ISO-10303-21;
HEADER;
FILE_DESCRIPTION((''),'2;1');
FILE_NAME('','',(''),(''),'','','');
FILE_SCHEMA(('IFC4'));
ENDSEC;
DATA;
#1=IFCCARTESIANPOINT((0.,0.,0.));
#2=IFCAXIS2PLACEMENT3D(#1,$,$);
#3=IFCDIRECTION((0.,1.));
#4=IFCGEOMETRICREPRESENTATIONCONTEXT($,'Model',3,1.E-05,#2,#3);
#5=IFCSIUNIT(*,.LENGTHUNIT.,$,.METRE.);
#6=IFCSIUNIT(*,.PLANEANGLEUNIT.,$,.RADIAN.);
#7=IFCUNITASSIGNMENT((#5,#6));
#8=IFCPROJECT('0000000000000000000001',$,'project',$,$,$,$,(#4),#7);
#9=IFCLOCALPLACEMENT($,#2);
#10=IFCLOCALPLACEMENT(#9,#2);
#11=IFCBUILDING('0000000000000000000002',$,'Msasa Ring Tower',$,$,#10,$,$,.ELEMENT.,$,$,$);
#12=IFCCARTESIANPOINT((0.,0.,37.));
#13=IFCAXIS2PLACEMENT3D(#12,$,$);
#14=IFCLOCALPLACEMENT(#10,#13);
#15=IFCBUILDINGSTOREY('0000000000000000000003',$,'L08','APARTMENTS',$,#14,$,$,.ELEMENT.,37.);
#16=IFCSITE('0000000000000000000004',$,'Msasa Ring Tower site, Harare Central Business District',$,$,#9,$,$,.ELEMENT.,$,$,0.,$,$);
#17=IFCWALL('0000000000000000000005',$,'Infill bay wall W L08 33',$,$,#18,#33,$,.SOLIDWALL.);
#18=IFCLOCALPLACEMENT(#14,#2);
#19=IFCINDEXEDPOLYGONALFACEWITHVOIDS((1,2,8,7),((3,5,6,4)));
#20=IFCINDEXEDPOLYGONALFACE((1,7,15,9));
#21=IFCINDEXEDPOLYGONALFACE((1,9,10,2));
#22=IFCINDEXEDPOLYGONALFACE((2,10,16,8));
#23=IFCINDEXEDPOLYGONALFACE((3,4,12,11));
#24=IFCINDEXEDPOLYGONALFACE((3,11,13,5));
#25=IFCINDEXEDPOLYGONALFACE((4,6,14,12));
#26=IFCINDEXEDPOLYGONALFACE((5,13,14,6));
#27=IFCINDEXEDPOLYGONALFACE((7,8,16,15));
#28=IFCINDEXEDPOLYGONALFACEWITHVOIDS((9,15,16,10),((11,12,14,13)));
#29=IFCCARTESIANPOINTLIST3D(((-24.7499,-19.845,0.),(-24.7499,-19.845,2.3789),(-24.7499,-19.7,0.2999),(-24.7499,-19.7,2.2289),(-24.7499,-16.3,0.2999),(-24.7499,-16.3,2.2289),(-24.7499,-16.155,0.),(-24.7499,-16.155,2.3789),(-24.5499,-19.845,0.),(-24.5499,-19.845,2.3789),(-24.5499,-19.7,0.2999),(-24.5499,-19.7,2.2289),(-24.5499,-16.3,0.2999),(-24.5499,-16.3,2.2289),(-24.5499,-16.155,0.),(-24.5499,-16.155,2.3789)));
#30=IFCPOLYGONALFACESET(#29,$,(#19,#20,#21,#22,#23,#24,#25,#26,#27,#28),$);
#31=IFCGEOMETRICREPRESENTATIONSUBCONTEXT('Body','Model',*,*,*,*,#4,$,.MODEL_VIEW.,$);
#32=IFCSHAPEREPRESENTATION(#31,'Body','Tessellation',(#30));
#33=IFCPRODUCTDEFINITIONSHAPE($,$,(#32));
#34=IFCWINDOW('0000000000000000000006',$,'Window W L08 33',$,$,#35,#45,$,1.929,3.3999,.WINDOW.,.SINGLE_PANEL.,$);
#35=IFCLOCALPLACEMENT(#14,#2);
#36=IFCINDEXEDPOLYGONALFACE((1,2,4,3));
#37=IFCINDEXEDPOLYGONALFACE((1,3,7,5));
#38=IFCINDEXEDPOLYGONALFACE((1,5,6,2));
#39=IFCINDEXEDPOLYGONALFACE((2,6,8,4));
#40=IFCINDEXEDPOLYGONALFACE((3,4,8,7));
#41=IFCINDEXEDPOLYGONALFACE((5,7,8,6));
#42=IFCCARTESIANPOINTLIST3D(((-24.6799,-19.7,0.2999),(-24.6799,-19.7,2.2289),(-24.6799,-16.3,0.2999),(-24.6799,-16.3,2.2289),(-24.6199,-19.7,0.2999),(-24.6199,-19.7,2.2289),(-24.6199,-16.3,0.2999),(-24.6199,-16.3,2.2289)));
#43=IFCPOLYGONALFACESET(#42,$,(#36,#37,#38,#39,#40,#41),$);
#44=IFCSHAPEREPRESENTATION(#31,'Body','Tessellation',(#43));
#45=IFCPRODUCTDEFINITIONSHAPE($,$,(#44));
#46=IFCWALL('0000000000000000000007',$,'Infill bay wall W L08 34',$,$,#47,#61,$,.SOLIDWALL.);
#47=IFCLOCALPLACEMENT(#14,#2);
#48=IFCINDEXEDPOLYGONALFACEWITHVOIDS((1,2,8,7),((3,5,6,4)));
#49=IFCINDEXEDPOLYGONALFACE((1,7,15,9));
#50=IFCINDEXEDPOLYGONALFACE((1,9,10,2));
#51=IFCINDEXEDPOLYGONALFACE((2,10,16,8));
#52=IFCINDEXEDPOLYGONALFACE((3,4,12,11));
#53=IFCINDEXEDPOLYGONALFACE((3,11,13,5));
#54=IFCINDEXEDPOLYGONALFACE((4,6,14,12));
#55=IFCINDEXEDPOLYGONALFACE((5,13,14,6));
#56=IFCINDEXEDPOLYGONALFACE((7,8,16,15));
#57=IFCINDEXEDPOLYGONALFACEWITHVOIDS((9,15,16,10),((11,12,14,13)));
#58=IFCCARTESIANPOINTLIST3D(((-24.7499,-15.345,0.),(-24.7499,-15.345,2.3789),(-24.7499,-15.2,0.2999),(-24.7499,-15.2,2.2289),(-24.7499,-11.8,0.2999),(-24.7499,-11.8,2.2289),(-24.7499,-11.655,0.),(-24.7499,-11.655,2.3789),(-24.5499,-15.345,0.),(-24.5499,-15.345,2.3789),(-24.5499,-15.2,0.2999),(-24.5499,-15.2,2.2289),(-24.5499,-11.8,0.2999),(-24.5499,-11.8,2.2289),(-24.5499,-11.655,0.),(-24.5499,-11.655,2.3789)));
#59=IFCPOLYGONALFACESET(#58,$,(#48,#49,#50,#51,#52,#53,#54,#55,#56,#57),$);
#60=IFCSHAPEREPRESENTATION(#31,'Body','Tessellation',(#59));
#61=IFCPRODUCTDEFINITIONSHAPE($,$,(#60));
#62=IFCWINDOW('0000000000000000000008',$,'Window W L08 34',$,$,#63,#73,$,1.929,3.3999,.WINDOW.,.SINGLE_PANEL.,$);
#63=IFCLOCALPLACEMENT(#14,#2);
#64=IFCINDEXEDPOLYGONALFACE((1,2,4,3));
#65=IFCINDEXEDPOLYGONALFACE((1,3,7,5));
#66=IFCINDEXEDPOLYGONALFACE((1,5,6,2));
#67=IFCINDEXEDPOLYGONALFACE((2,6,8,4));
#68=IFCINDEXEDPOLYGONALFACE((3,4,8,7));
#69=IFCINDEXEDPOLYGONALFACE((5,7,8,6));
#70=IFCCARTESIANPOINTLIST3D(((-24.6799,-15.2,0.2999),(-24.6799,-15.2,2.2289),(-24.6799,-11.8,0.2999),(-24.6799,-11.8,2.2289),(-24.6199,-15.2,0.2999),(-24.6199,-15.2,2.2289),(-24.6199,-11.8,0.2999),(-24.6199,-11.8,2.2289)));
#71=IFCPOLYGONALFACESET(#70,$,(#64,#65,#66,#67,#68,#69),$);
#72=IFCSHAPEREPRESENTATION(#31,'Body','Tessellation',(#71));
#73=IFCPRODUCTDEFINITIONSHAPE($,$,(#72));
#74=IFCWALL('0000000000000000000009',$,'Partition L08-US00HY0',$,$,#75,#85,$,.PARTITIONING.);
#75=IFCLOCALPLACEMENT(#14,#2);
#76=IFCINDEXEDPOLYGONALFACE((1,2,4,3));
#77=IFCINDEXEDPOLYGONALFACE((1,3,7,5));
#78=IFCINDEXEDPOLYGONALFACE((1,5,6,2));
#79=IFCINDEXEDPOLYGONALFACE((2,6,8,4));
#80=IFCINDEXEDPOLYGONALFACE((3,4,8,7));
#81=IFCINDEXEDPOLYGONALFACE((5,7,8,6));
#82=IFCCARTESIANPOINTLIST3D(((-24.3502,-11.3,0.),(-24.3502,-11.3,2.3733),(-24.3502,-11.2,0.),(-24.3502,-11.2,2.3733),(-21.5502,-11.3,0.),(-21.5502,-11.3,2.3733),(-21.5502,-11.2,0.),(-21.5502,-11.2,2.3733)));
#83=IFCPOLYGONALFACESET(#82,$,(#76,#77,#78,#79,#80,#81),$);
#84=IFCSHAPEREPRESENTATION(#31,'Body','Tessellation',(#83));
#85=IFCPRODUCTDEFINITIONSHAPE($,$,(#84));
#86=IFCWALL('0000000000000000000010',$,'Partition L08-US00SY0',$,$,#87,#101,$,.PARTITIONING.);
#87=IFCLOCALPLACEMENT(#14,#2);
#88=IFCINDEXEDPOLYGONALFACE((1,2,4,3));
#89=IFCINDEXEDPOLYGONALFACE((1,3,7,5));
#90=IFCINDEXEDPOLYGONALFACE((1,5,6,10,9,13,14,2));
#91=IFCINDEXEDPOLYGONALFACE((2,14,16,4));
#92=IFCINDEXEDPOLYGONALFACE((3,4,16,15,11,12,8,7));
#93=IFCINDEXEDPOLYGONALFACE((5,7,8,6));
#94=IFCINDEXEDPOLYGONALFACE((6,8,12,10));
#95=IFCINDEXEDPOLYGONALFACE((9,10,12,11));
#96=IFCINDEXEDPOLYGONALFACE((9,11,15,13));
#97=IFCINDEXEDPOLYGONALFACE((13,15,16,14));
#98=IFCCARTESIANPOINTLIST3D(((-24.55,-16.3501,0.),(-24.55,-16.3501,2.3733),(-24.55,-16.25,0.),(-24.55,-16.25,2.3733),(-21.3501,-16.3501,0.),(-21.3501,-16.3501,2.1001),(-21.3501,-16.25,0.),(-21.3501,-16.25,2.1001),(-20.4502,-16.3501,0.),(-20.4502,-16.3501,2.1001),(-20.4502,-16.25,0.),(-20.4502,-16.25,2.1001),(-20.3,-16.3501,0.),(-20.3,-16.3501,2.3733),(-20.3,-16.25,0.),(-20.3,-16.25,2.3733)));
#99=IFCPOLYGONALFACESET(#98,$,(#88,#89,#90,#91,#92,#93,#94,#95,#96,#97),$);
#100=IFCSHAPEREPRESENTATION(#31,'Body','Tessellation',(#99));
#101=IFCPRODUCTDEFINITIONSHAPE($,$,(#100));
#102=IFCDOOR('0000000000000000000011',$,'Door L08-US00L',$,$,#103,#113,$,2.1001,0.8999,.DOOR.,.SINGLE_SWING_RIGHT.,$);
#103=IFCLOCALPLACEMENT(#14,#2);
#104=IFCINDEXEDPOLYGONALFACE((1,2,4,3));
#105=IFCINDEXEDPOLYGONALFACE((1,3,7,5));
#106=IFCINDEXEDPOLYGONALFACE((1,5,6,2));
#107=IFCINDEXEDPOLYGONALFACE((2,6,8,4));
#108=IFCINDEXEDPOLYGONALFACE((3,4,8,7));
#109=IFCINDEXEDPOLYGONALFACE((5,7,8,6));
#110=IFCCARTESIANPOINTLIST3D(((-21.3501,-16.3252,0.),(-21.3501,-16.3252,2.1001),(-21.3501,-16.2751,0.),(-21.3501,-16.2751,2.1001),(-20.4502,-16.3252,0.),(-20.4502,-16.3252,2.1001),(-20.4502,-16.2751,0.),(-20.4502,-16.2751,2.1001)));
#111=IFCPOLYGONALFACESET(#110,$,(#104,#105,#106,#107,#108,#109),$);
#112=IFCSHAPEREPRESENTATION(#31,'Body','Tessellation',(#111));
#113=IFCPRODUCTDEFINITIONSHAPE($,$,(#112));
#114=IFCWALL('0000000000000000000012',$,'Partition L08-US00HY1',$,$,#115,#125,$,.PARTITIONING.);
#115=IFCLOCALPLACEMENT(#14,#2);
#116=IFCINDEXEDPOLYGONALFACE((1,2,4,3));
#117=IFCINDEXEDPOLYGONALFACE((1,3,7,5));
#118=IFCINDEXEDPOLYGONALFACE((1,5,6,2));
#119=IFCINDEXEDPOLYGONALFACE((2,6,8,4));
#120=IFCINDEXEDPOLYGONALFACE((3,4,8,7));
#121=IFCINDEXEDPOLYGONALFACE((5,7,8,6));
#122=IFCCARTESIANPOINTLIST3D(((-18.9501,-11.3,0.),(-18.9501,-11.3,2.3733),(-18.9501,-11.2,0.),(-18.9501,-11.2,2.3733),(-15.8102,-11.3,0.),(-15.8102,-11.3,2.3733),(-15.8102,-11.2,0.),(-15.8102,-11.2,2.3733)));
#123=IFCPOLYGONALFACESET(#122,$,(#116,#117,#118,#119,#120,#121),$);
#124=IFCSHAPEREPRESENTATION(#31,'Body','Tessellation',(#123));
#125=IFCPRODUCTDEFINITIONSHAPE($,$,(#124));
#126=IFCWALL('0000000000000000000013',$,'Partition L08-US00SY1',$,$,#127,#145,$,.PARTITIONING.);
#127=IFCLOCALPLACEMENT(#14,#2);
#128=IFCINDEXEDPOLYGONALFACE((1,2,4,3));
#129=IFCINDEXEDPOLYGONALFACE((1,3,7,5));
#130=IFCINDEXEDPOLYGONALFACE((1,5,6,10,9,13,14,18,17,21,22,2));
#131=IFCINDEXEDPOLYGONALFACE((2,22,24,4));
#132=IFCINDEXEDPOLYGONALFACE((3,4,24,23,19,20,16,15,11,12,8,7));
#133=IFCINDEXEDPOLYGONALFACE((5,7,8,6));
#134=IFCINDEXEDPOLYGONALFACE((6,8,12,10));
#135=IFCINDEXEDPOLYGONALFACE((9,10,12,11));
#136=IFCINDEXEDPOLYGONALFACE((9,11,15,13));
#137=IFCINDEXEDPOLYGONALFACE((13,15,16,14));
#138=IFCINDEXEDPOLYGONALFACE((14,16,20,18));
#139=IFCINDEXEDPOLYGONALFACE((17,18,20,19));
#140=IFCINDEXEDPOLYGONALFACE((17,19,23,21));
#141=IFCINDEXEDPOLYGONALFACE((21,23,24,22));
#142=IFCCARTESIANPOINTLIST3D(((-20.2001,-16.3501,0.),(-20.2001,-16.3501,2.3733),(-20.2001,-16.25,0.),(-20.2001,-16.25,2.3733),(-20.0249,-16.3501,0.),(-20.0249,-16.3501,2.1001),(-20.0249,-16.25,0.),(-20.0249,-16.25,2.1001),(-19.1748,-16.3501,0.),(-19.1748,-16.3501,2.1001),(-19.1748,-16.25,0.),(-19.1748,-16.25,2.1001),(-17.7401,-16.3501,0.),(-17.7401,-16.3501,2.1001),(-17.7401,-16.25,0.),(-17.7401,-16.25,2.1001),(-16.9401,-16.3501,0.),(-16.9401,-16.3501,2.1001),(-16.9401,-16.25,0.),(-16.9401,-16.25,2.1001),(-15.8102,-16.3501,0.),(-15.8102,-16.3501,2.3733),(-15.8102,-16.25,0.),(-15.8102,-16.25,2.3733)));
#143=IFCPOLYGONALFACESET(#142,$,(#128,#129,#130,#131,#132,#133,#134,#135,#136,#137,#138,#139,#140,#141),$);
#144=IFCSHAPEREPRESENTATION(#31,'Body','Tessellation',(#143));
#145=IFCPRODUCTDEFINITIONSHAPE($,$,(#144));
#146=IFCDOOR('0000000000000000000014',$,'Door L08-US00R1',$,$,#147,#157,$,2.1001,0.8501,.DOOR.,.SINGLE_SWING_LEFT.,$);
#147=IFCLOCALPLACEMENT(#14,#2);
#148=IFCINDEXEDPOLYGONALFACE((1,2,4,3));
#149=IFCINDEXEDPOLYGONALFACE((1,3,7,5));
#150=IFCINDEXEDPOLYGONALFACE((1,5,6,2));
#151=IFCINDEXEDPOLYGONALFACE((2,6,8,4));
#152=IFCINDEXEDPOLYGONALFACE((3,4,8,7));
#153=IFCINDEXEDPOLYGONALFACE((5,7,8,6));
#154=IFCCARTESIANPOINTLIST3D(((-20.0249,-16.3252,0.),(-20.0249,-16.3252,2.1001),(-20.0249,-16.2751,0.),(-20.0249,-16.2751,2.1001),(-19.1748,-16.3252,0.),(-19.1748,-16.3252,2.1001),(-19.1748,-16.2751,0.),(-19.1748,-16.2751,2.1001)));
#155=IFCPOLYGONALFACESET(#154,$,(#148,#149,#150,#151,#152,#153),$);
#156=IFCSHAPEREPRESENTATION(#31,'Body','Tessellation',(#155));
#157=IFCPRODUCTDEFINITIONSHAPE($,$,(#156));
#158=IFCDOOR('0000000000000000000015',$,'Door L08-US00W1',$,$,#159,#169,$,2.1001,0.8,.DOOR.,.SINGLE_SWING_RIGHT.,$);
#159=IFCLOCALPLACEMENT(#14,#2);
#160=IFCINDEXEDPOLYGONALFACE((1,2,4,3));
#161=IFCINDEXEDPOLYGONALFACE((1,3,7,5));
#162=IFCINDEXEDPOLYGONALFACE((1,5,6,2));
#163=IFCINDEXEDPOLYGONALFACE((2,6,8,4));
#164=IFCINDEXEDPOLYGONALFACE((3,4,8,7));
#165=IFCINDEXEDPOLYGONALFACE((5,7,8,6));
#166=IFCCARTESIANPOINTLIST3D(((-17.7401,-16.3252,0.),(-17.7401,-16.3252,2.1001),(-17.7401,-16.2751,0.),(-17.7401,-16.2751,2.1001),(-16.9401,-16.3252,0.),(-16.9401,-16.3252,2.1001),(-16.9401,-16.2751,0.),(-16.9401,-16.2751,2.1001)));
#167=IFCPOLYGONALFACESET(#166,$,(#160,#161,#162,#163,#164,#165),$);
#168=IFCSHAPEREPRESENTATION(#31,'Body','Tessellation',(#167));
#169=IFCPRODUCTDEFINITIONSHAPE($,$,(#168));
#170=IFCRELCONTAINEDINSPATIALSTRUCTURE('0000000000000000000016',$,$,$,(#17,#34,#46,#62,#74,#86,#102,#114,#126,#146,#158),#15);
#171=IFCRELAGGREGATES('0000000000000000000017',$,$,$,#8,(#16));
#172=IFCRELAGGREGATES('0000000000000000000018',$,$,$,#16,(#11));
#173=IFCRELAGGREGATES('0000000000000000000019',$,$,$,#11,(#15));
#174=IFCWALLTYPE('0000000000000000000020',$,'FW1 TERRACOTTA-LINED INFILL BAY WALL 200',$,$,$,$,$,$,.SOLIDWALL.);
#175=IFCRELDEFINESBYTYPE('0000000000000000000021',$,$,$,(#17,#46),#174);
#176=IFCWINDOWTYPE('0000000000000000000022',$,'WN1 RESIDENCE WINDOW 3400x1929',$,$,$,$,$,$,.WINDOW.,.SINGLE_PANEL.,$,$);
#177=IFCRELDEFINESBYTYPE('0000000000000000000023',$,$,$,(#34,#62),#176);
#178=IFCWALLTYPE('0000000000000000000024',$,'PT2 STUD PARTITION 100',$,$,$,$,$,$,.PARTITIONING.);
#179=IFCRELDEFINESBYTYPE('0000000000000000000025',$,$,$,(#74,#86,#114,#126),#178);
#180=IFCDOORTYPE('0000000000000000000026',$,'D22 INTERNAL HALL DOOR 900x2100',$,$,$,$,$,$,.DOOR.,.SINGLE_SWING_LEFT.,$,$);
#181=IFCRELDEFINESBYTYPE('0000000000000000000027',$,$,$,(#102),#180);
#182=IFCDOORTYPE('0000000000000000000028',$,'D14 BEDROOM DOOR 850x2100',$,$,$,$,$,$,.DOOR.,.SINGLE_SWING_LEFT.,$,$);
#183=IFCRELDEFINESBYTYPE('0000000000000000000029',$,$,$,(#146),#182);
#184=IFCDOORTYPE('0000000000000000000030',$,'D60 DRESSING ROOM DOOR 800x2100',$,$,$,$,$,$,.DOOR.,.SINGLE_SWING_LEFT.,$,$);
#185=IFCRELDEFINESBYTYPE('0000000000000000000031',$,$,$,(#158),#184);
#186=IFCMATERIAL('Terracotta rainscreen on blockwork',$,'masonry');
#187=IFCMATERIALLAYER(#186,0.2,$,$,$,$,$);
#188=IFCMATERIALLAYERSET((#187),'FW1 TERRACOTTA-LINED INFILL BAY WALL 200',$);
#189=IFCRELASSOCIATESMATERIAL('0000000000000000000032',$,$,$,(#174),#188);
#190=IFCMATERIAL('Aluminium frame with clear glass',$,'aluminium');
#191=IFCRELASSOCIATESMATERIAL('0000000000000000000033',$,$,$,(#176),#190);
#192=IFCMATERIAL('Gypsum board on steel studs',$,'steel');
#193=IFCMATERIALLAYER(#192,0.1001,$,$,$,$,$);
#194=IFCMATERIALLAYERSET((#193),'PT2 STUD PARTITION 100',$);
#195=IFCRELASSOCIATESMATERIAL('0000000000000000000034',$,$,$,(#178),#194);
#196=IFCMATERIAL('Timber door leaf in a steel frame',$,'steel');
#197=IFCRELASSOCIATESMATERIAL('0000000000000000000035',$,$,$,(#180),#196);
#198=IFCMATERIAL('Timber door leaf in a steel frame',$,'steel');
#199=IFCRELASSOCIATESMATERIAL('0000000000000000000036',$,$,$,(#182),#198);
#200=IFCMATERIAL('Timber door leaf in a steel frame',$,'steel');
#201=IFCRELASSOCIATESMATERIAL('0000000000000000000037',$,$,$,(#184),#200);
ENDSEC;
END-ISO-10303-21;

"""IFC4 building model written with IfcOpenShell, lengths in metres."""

from ifc_helpers import new_model, si_unit, direction, frame, frame_2d, origin, place, context, subcontext, project, spatial, rectangle, extrude, material, layer, layer_set, type_object, element, fill, save


model = new_model("IFC4")

# Units and contexts
model_context = context("Model", 3, precision=1e-05, world=origin(), true_north=direction((0.0, 1.0)))
body_context = subcontext(model_context, "Body", "Model", "MODEL_VIEW")
ifc_project = project(units=[si_unit("LENGTHUNIT", "METRE"), si_unit("PLANEANGLEUNIT", "RADIAN")], contexts=[model_context])

# Site, building, storey
site_placement = place(None, origin())
site = spatial("IfcSite", under=ifc_project, at=site_placement, Name="Msasa Ring Tower site, Harare Central Business District", CompositionType="ELEMENT", RefElevation=0.0)
building_placement = place(site_placement, origin())
building = spatial("IfcBuilding", under=site, at=building_placement, Name="Msasa Ring Tower", CompositionType="ELEMENT")
storey_placement = place(building_placement, frame((0.0, 0.0, 37.0)))
storey = spatial("IfcBuildingStorey", under=building, at=storey_placement, Name="L08", Description="APARTMENTS", CompositionType="ELEMENT", Elevation=37.0)

# Walls, openings, windows
ifc_material_1 = material(Name="Terracotta rainscreen on blockwork", Category="masonry")
ifc_layer_1 = layer(ifc_material_1, 0.2)
ifc_layer_set_1 = layer_set([ifc_layer_1], Name="FW1 TERRACOTTA-LINED INFILL BAY WALL 200")
wall_type_1 = type_object("IfcWallType", Name="FW1 TERRACOTTA-LINED INFILL BAY WALL 200", PredefinedType="SOLIDWALL", material=ifc_layer_set_1)
wall_1_placement = place(storey_placement, frame((-24.6499, -19.845, 0.0), z_axis=(0.0, 0.0, 1.0), x_axis=(0.0, 1.0, 0.0)))
wall_1 = element("IfcWall", 1, at=wall_1_placement, inside=storey, type_object=wall_type_1, Name="Infill bay wall W L08 33", PredefinedType="SOLIDWALL", context=body_context, shape_type="SweptSolid", body=[
    extrude(rectangle(XDim=3.6899, YDim=0.2, at=frame_2d((1.845, 0.0))), origin(), (0.0, 0.0, 1.0), 2.3789),
])
opening_1_placement = place(wall_1_placement, frame((0.145, 0.0, 0.3)))
opening_1 = element("IfcOpeningElement", 2, at=opening_1_placement, cuts=wall_1, PredefinedType="OPENING", context=body_context, shape_type="SweptSolid", body=[
    extrude(rectangle(XDim=3.3999, YDim=1.929, at=frame_2d((1.7, 0.9644))), frame((0.0, 0.1099, 0.0), z_axis=(0.0, -1.0, 0.0), x_axis=(1.0, 0.0, 0.0)), (0.0, 0.0, 1.0), 0.22),
])
ifc_material_2 = material(Name="Aluminium frame with clear glass", Category="aluminium")
window_type = type_object("IfcWindowType", Name="WN1 RESIDENCE WINDOW 3400x1929", PartitioningType="SINGLE_PANEL", PredefinedType="WINDOW", material=ifc_material_2)
window_1_placement = place(opening_1_placement, origin())
window_1 = element("IfcWindow", 3, at=window_1_placement, inside=storey, type_object=window_type, Name="Window W L08 33", OverallHeight=1.929, OverallWidth=3.3999, PartitioningType="SINGLE_PANEL", PredefinedType="WINDOW", context=body_context, shape_type="SweptSolid", body=[
    extrude(rectangle(XDim=3.3999, YDim=1.929, at=frame_2d((1.7, 0.9644))), frame((0.0, 0.03, 0.0), z_axis=(0.0, -1.0, 0.0), x_axis=(1.0, 0.0, 0.0)), (0.0, 0.0, 1.0), 0.0601),
])
fill(opening_1, window_1)
wall_2_placement = place(storey_placement, frame((-24.6499, -15.345, 0.0), z_axis=(0.0, 0.0, 1.0), x_axis=(0.0, 1.0, 0.0)))
wall_2 = element("IfcWall", 4, at=wall_2_placement, inside=storey, type_object=wall_type_1, Name="Infill bay wall W L08 34", PredefinedType="SOLIDWALL", context=body_context, shape_type="SweptSolid", body=[
    extrude(rectangle(XDim=3.6899, YDim=0.2, at=frame_2d((1.845, 0.0))), origin(), (0.0, 0.0, 1.0), 2.3789),
])
opening_2_placement = place(wall_2_placement, frame((0.145, 0.0, 0.3)))
opening_2 = element("IfcOpeningElement", 5, at=opening_2_placement, cuts=wall_2, PredefinedType="OPENING", context=body_context, shape_type="SweptSolid", body=[
    extrude(rectangle(XDim=3.3999, YDim=1.929, at=frame_2d((1.7, 0.9644))), frame((0.0, 0.1099, 0.0), z_axis=(0.0, -1.0, 0.0), x_axis=(1.0, 0.0, 0.0)), (0.0, 0.0, 1.0), 0.22),
])
window_2_placement = place(opening_2_placement, origin())
window_2 = element("IfcWindow", 6, at=window_2_placement, inside=storey, type_object=window_type, Name="Window W L08 34", OverallHeight=1.929, OverallWidth=3.3999, PartitioningType="SINGLE_PANEL", PredefinedType="WINDOW", context=body_context, shape_type="SweptSolid", body=[
    extrude(rectangle(XDim=3.3999, YDim=1.929, at=frame_2d((1.7, 0.9644))), frame((0.0, 0.03, 0.0), z_axis=(0.0, -1.0, 0.0), x_axis=(1.0, 0.0, 0.0)), (0.0, 0.0, 1.0), 0.0601),
])
fill(opening_2, window_2)

# Wall
ifc_material_3 = material(Name="Gypsum board on steel studs", Category="steel")
ifc_layer_2 = layer(ifc_material_3, 0.1001)
ifc_layer_set_2 = layer_set([ifc_layer_2], Name="PT2 STUD PARTITION 100")
wall_type_2 = type_object("IfcWallType", Name="PT2 STUD PARTITION 100", PredefinedType="PARTITIONING", material=ifc_layer_set_2)
wall_3_placement = place(storey_placement, frame((-24.3501, -11.25, 0.0), z_axis=(0.0, 0.0, 1.0), x_axis=(1.0, 0.0, 0.0)))
element("IfcWall", 7, at=wall_3_placement, inside=storey, type_object=wall_type_2, Name="Partition L08-US00HY0", PredefinedType="PARTITIONING", context=body_context, shape_type="SweptSolid", body=[
    extrude(rectangle(XDim=2.8, YDim=0.1001, at=frame_2d((1.3999, 0.0))), origin(), (0.0, 0.0, 1.0), 2.3733),
])

# Wall, opening, door
wall_4_placement = place(storey_placement, frame((-24.55, -16.3, 0.0), z_axis=(0.0, 0.0, 1.0), x_axis=(1.0, 0.0, 0.0)))
wall_4 = element("IfcWall", 8, at=wall_4_placement, inside=storey, type_object=wall_type_2, Name="Partition L08-US00SY0", PredefinedType="PARTITIONING", context=body_context, shape_type="SweptSolid", body=[
    extrude(rectangle(XDim=4.25, YDim=0.1001, at=frame_2d((2.125, 0.0))), origin(), (0.0, 0.0, 1.0), 2.3733),
])
opening_3_placement = place(wall_4_placement, frame((3.2, 0.0, 0.0)))
opening_3 = element("IfcOpeningElement", 9, at=opening_3_placement, cuts=wall_4, PredefinedType="OPENING", context=body_context, shape_type="SweptSolid", body=[
    extrude(rectangle(XDim=0.8999, YDim=2.1001, at=frame_2d((0.45, 1.05))), frame((0.0, 0.0601, 0.0), z_axis=(0.0, -1.0, 0.0), x_axis=(1.0, 0.0, 0.0)), (0.0, 0.0, 1.0), 0.1201),
])
ifc_material_4 = material(Name="Timber door leaf in a steel frame", Category="steel")
door_type_1 = type_object("IfcDoorType", Name="D22 INTERNAL HALL DOOR 900x2100", OperationType="SINGLE_SWING_LEFT", PredefinedType="DOOR", material=ifc_material_4)
door_1_placement = place(opening_3_placement, origin())
door_1 = element("IfcDoor", 10, at=door_1_placement, inside=storey, type_object=door_type_1, Name="Door L08-US00L", OperationType="SINGLE_SWING_RIGHT", OverallHeight=2.1001, OverallWidth=0.8999, PredefinedType="DOOR", context=body_context, shape_type="SweptSolid", body=[
    extrude(rectangle(XDim=0.8999, YDim=2.1001, at=frame_2d((0.45, 1.05))), frame((0.0, 0.0249, 0.0), z_axis=(0.0, -1.0, 0.0), x_axis=(1.0, 0.0, 0.0)), (0.0, 0.0, 1.0), 0.05),
])
fill(opening_3, door_1)

# Wall
wall_5_placement = place(storey_placement, frame((-18.95, -11.25, 0.0), z_axis=(0.0, 0.0, 1.0), x_axis=(1.0, 0.0, 0.0)))
element("IfcWall", 11, at=wall_5_placement, inside=storey, type_object=wall_type_2, Name="Partition L08-US00HY1", PredefinedType="PARTITIONING", context=body_context, shape_type="SweptSolid", body=[
    extrude(rectangle(XDim=3.1399, YDim=0.1001, at=frame_2d((1.5698, 0.0))), origin(), (0.0, 0.0, 1.0), 2.3733),
])

# Wall, openings, doors
wall_6_placement = place(storey_placement, frame((-20.2, -16.3, 0.0), z_axis=(0.0, 0.0, 1.0), x_axis=(1.0, 0.0, 0.0)))
wall_6 = element("IfcWall", 12, at=wall_6_placement, inside=storey, type_object=wall_type_2, Name="Partition L08-US00SY1", PredefinedType="PARTITIONING", context=body_context, shape_type="SweptSolid", body=[
    extrude(rectangle(XDim=4.3899, YDim=0.1001, at=frame_2d((2.1948, 0.0))), origin(), (0.0, 0.0, 1.0), 2.3733),
])
opening_4_placement = place(wall_6_placement, frame((0.175, 0.0, 0.0)))
opening_4 = element("IfcOpeningElement", 13, at=opening_4_placement, cuts=wall_6, PredefinedType="OPENING", context=body_context, shape_type="SweptSolid", body=[
    extrude(rectangle(XDim=0.8501, YDim=2.1001, at=frame_2d((0.425, 1.05))), frame((0.0, 0.0601, 0.0), z_axis=(0.0, -1.0, 0.0), x_axis=(1.0, 0.0, 0.0)), (0.0, 0.0, 1.0), 0.1201),
])
opening_5_placement = place(wall_6_placement, frame((2.46, 0.0, 0.0)))
opening_5 = element("IfcOpeningElement", 14, at=opening_5_placement, cuts=wall_6, PredefinedType="OPENING", context=body_context, shape_type="SweptSolid", body=[
    extrude(rectangle(XDim=0.8, YDim=2.1001, at=frame_2d((0.3999, 1.05))), frame((0.0, 0.0601, 0.0), z_axis=(0.0, -1.0, 0.0), x_axis=(1.0, 0.0, 0.0)), (0.0, 0.0, 1.0), 0.1201),
])
ifc_material_5 = material(Name="Timber door leaf in a steel frame", Category="steel")
door_type_2 = type_object("IfcDoorType", Name="D14 BEDROOM DOOR 850x2100", OperationType="SINGLE_SWING_LEFT", PredefinedType="DOOR", material=ifc_material_5)
door_2_placement = place(opening_4_placement, origin())
door_2 = element("IfcDoor", 15, at=door_2_placement, inside=storey, type_object=door_type_2, Name="Door L08-US00R1", OperationType="SINGLE_SWING_LEFT", OverallHeight=2.1001, OverallWidth=0.8501, PredefinedType="DOOR", context=body_context, shape_type="SweptSolid", body=[
    extrude(rectangle(XDim=0.8501, YDim=2.1001, at=frame_2d((0.425, 1.05))), frame((0.0, 0.0249, 0.0), z_axis=(0.0, -1.0, 0.0), x_axis=(1.0, 0.0, 0.0)), (0.0, 0.0, 1.0), 0.05),
])
fill(opening_4, door_2)
ifc_material_6 = material(Name="Timber door leaf in a steel frame", Category="steel")
door_type_3 = type_object("IfcDoorType", Name="D60 DRESSING ROOM DOOR 800x2100", OperationType="SINGLE_SWING_LEFT", PredefinedType="DOOR", material=ifc_material_6)
door_3_placement = place(opening_5_placement, origin())
door_3 = element("IfcDoor", 16, at=door_3_placement, inside=storey, type_object=door_type_3, Name="Door L08-US00W1", OperationType="SINGLE_SWING_RIGHT", OverallHeight=2.1001, OverallWidth=0.8, PredefinedType="DOOR", context=body_context, shape_type="SweptSolid", body=[
    extrude(rectangle(XDim=0.8, YDim=2.1001, at=frame_2d((0.3999, 1.05))), frame((0.0, 0.0249, 0.0), z_axis=(0.0, -1.0, 0.0), x_axis=(1.0, 0.0, 0.0)), (0.0, 0.0, 1.0), 0.05),
])
fill(opening_5, door_3)

save(model, "model.ifc")
